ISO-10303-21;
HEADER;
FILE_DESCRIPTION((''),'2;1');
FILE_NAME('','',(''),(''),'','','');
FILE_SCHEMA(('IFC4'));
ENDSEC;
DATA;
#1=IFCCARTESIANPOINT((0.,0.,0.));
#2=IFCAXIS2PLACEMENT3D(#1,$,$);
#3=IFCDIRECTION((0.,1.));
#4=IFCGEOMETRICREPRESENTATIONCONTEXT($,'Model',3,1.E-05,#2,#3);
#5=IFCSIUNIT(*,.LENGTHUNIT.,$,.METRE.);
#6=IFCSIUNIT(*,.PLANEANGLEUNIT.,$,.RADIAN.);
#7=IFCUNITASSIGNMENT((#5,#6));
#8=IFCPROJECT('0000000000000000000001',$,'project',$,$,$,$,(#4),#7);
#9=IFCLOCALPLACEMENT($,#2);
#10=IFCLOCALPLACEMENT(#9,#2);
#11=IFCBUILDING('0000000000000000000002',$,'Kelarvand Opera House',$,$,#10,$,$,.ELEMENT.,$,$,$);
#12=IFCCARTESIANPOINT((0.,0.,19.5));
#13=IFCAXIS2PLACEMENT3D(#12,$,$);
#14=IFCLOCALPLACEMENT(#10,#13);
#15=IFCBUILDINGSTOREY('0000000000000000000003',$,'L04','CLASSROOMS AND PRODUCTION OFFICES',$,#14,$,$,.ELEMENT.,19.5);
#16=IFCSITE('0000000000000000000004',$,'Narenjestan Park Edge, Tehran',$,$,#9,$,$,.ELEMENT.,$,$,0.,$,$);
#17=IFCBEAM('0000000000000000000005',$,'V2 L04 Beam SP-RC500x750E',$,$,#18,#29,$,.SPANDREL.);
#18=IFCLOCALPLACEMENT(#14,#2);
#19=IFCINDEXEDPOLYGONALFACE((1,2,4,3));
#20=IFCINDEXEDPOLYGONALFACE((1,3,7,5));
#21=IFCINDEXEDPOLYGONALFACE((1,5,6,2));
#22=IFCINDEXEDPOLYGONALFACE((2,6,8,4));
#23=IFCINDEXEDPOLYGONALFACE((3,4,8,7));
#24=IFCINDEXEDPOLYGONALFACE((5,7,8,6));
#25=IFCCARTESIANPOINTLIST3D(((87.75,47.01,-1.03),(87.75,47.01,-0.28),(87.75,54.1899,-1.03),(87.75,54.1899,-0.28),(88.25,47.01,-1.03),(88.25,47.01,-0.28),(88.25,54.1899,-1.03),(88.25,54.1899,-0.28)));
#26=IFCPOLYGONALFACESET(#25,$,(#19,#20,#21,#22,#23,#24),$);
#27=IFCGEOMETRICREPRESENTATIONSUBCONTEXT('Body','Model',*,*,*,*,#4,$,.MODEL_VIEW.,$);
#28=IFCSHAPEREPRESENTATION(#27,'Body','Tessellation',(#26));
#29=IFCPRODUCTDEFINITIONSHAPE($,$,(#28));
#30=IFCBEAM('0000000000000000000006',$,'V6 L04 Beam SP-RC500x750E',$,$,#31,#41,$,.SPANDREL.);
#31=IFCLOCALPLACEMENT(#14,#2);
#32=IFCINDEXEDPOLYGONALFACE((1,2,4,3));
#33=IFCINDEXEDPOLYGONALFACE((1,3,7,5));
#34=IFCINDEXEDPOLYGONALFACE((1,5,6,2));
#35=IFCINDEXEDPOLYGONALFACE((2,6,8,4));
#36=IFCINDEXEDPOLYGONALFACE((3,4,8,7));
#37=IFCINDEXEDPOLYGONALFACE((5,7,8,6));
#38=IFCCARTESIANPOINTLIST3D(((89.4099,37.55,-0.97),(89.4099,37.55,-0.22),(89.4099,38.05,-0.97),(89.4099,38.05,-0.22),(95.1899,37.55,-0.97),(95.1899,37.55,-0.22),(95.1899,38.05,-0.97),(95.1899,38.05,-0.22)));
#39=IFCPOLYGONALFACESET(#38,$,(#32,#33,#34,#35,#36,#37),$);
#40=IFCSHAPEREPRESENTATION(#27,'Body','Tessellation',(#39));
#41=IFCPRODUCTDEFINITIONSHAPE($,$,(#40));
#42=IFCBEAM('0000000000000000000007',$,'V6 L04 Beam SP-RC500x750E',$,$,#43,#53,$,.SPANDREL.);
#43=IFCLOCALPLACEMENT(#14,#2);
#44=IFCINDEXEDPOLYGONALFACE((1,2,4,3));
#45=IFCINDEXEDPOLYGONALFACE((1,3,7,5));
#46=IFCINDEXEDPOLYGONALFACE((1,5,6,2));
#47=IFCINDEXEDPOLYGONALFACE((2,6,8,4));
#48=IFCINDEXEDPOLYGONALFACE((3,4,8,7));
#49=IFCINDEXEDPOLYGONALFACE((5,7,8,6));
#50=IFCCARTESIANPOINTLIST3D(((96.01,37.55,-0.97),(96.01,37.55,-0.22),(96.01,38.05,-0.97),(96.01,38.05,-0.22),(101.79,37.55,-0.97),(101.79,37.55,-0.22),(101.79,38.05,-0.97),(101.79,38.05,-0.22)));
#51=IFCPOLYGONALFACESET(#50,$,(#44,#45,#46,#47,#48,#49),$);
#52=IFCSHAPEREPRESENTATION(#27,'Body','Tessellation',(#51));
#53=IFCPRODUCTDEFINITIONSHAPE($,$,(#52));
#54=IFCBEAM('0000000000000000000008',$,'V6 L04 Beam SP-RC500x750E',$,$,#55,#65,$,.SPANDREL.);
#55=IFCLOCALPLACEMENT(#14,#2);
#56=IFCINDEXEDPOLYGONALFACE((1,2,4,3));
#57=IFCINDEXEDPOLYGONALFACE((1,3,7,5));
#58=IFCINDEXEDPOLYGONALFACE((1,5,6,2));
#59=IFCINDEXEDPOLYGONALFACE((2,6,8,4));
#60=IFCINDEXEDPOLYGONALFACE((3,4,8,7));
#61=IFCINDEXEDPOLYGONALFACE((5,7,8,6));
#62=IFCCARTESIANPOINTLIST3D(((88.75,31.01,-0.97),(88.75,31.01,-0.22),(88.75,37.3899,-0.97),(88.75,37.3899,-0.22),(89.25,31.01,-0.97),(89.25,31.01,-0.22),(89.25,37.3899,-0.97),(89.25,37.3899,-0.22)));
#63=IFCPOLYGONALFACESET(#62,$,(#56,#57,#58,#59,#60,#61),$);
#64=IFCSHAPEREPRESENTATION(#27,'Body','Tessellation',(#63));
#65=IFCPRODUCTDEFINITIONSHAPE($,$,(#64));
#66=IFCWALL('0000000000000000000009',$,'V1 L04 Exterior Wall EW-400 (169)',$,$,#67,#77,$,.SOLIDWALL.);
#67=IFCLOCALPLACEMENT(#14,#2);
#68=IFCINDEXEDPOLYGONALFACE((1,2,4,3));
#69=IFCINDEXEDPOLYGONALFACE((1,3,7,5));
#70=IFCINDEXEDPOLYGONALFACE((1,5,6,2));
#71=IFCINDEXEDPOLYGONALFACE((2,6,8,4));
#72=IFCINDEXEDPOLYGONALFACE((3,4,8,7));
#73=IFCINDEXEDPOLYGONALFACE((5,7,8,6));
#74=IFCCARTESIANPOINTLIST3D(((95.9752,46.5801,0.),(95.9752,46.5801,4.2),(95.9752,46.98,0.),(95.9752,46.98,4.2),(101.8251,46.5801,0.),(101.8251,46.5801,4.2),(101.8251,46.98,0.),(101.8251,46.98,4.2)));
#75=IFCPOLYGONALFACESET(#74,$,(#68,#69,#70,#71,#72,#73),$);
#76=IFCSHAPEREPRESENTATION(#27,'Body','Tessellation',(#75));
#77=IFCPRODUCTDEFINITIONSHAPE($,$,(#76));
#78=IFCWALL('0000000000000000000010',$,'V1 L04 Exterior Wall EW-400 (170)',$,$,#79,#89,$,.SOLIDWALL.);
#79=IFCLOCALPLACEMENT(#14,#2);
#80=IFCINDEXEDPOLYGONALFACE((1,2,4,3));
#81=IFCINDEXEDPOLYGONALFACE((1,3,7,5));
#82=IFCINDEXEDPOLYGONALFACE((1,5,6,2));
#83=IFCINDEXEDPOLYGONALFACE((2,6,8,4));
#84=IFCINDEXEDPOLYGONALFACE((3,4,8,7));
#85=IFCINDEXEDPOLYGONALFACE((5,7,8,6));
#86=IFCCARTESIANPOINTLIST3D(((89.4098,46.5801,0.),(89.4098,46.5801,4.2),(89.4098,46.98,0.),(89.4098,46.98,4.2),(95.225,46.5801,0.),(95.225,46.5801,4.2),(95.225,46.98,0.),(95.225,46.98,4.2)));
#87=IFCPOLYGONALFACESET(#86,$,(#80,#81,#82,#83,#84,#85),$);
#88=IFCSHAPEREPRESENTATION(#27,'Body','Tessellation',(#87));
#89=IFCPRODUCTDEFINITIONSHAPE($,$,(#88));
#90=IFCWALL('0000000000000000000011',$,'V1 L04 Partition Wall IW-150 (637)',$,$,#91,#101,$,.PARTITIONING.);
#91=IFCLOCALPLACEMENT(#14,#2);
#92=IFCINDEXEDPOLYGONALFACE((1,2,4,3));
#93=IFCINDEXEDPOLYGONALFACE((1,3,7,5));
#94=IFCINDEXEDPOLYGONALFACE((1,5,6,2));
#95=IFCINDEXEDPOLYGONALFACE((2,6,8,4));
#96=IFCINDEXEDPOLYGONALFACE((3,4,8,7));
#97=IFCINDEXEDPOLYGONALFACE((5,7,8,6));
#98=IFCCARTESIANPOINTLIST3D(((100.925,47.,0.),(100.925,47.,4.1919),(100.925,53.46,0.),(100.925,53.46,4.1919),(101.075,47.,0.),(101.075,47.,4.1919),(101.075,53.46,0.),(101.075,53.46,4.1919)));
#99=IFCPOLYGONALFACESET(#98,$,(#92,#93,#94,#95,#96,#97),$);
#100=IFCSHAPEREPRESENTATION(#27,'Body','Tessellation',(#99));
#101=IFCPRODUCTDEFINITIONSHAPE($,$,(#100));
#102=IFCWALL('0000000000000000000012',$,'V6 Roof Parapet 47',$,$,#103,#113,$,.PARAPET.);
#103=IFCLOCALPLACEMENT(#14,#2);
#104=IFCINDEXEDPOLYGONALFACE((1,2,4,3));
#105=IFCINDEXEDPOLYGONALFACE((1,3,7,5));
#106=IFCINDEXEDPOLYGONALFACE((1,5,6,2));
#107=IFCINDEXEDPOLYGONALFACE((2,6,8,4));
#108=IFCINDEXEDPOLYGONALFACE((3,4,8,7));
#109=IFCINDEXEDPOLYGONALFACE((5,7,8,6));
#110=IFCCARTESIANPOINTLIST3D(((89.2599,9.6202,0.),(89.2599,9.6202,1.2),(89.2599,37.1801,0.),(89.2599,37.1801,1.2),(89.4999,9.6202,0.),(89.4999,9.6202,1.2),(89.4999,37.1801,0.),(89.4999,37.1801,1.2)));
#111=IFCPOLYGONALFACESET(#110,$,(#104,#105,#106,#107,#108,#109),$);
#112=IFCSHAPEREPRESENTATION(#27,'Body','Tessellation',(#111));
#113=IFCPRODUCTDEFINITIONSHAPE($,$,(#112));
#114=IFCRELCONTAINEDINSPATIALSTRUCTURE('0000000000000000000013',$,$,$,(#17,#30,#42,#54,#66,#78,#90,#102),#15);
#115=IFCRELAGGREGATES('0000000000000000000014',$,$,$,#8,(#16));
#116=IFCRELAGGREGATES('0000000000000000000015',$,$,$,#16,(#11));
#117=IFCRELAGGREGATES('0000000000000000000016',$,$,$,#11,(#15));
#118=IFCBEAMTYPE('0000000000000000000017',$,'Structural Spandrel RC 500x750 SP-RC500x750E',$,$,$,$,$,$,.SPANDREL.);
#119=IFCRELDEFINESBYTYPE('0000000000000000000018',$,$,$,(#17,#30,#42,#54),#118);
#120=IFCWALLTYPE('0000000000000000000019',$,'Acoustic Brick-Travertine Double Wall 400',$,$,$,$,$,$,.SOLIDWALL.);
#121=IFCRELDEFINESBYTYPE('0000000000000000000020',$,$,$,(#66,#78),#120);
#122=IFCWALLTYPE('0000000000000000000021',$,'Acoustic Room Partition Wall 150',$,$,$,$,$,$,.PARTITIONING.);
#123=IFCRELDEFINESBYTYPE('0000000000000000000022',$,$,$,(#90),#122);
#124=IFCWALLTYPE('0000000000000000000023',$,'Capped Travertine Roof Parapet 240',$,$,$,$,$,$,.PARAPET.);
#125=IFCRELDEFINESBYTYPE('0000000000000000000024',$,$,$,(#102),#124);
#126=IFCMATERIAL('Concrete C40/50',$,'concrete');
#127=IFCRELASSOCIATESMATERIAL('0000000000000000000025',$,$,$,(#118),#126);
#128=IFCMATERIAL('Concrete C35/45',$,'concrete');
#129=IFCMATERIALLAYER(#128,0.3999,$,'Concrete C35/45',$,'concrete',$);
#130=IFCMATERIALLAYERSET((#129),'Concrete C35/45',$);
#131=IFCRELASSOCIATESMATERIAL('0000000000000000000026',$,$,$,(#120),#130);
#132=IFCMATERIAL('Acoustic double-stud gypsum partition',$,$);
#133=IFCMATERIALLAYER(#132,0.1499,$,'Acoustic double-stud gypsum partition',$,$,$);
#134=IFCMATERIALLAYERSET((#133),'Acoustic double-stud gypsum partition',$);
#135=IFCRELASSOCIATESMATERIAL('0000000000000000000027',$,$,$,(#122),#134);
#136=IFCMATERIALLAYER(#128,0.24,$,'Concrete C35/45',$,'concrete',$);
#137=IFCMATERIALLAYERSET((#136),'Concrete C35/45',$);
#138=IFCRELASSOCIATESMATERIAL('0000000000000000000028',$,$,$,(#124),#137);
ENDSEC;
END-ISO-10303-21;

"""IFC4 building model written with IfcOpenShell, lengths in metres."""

from ifc_helpers import new_model, si_unit, direction, frame, frame_2d, origin, origin_2d, place, context, subcontext, project, spatial, rectangle, extrude, material, layer, layer_set, material_profile, profile_set, type_object, element, save


model = new_model("IFC4")

# Units and contexts
model_context = context("Model", 3, precision=1e-05, world=origin(), true_north=direction((0.0, 1.0)))
body_context = subcontext(model_context, "Body", "Model", "MODEL_VIEW")
ifc_project = project(units=[si_unit("LENGTHUNIT", "METRE"), si_unit("PLANEANGLEUNIT", "RADIAN")], contexts=[model_context])

# Site, building, storey
site_placement = place(None, origin())
site = spatial("IfcSite", under=ifc_project, at=site_placement, Name="Narenjestan Park Edge, Tehran", CompositionType="ELEMENT", RefElevation=0.0)
building_placement = place(site_placement, origin())
building = spatial("IfcBuilding", under=site, at=building_placement, Name="Kelarvand Opera House", CompositionType="ELEMENT")
storey_placement = place(building_placement, frame((0.0, 0.0, 19.5)))
storey = spatial("IfcBuildingStorey", under=building, at=storey_placement, Name="L04", Description="CLASSROOMS AND PRODUCTION OFFICES", CompositionType="ELEMENT", Elevation=19.5)

# Shared definitions
ifc_material_1 = material(Name="Concrete C40/50", Category="concrete")

# Beams
ifc_material_profile_1 = material_profile(ifc_material_1, rectangle(XDim=0.5, YDim=0.75, at=origin_2d()), Name="RC 500x750", Category="concrete")
ifc_profile_set_1 = profile_set([ifc_material_profile_1], Name="Concrete C40/50")
beam_type_1 = type_object("IfcBeamType", Name="Structural Spandrel RC 500x750 SP-RC500x750E", PredefinedType="SPANDREL", material=ifc_profile_set_1)
for number, where, z_axis, x_axis, name in (
    (1, (88.0, 47.01, -0.655), (0.0, 1.0, 0.0), (-1.0, 0.0, 0.0), "V2 L04 Beam SP-RC500x750E"),
):
    element("IfcBeam", number, at=place(storey_placement, frame(where, z_axis=z_axis, x_axis=x_axis)), inside=storey, type_object=beam_type_1, Name=name, PredefinedType="SPANDREL", context=body_context, shape_type="SweptSolid", body=[
        extrude(rectangle(XDim=0.5, YDim=0.75, at=origin_2d()), origin(), (0.0, 0.0, 1.0), 7.1799),
    ])
for number, where, z_axis, x_axis, name in (
    (2, (89.4099, 37.8, -0.595), (1.0, 0.0, 0.0), (0.0, 1.0, 0.0), "V6 L04 Beam SP-RC500x750E"),
    (3, (96.01, 37.8, -0.595), (1.0, 0.0, 0.0), (0.0, 1.0, 0.0), "V6 L04 Beam SP-RC500x750E"),
):
    element("IfcBeam", number, at=place(storey_placement, frame(where, z_axis=z_axis, x_axis=x_axis)), inside=storey, type_object=beam_type_1, Name=name, PredefinedType="SPANDREL", context=body_context, shape_type="SweptSolid", body=[
        extrude(rectangle(XDim=0.5, YDim=0.75, at=origin_2d()), origin(), (0.0, 0.0, 1.0), 5.78),
    ])
beam_1_placement = place(storey_placement, frame((89.0, 31.01, -0.595), z_axis=(0.0, 1.0, 0.0), x_axis=(-1.0, 0.0, 0.0)))
element("IfcBeam", 4, at=beam_1_placement, inside=storey, type_object=beam_type_1, Name="V6 L04 Beam SP-RC500x750E", PredefinedType="SPANDREL", context=body_context, shape_type="SweptSolid", body=[
    extrude(rectangle(XDim=0.5, YDim=0.75, at=origin_2d()), origin(), (0.0, 0.0, 1.0), 6.3799),
])

# Walls
ifc_material_2 = material(Name="Concrete C35/45", Category="concrete")
ifc_layer_1 = layer(ifc_material_2, 0.3999, Name="Concrete C35/45", Category="concrete")
ifc_layer_set_1 = layer_set([ifc_layer_1], Name="Concrete C35/45")
wall_type_1 = type_object("IfcWallType", Name="Acoustic Brick-Travertine Double Wall 400", PredefinedType="SOLIDWALL", material=ifc_layer_set_1)
wall_1_placement = place(storey_placement, frame((101.825, 46.78, 0.0), z_axis=(0.0, 0.0, 1.0), x_axis=(-1.0, 0.0, 0.0)))
element("IfcWall", 5, at=wall_1_placement, inside=storey, type_object=wall_type_1, Name="V1 L04 Exterior Wall EW-400 (169)", PredefinedType="SOLIDWALL", context=body_context, shape_type="SweptSolid", body=[
    extrude(rectangle(XDim=5.8499, YDim=0.3999, at=frame_2d((2.9248, 0.0))), origin(), (0.0, 0.0, 1.0), 4.2),
])
wall_2_placement = place(storey_placement, frame((95.2251, 46.78, 0.0), z_axis=(0.0, 0.0, 1.0), x_axis=(-1.0, 0.0, 0.0)))
element("IfcWall", 6, at=wall_2_placement, inside=storey, type_object=wall_type_1, Name="V1 L04 Exterior Wall EW-400 (170)", PredefinedType="SOLIDWALL", context=body_context, shape_type="SweptSolid", body=[
    extrude(rectangle(XDim=5.8152, YDim=0.3999, at=frame_2d((2.9077, 0.0))), origin(), (0.0, 0.0, 1.0), 4.2),
])
ifc_material_3 = material(Name="Acoustic double-stud gypsum partition")
ifc_layer_2 = layer(ifc_material_3, 0.1499, Name="Acoustic double-stud gypsum partition")
ifc_layer_set_2 = layer_set([ifc_layer_2], Name="Acoustic double-stud gypsum partition")
wall_type_2 = type_object("IfcWallType", Name="Acoustic Room Partition Wall 150", PredefinedType="PARTITIONING", material=ifc_layer_set_2)
wall_3_placement = place(storey_placement, frame((101.0, 47.0, 0.0), z_axis=(0.0, 0.0, 1.0), x_axis=(0.0, 1.0, 0.0)))
element("IfcWall", 7, at=wall_3_placement, inside=storey, type_object=wall_type_2, Name="V1 L04 Partition Wall IW-150 (637)", PredefinedType="PARTITIONING", context=body_context, shape_type="SweptSolid", body=[
    extrude(rectangle(XDim=6.46, YDim=0.1499, at=frame_2d((3.23, 0.0))), origin(), (0.0, 0.0, 1.0), 4.1919),
])
ifc_layer_3 = layer(ifc_material_2, 0.24, Name="Concrete C35/45", Category="concrete")
ifc_layer_set_3 = layer_set([ifc_layer_3], Name="Concrete C35/45")
wall_type_3 = type_object("IfcWallType", Name="Capped Travertine Roof Parapet 240", PredefinedType="PARAPET", material=ifc_layer_set_3)
wall_4_placement = place(storey_placement, frame((89.3799, 37.1799, 0.0), z_axis=(0.0, 0.0, 1.0), x_axis=(0.0, -1.0, 0.0)))
element("IfcWall", 8, at=wall_4_placement, inside=storey, type_object=wall_type_3, Name="V6 Roof Parapet 47", PredefinedType="PARAPET", context=body_context, shape_type="SweptSolid", body=[
    extrude(rectangle(XDim=27.5598, YDim=0.24, at=frame_2d((13.7798, 0.0))), origin(), (0.0, 0.0, 1.0), 1.2),
])

save(model, "model.ifc")
